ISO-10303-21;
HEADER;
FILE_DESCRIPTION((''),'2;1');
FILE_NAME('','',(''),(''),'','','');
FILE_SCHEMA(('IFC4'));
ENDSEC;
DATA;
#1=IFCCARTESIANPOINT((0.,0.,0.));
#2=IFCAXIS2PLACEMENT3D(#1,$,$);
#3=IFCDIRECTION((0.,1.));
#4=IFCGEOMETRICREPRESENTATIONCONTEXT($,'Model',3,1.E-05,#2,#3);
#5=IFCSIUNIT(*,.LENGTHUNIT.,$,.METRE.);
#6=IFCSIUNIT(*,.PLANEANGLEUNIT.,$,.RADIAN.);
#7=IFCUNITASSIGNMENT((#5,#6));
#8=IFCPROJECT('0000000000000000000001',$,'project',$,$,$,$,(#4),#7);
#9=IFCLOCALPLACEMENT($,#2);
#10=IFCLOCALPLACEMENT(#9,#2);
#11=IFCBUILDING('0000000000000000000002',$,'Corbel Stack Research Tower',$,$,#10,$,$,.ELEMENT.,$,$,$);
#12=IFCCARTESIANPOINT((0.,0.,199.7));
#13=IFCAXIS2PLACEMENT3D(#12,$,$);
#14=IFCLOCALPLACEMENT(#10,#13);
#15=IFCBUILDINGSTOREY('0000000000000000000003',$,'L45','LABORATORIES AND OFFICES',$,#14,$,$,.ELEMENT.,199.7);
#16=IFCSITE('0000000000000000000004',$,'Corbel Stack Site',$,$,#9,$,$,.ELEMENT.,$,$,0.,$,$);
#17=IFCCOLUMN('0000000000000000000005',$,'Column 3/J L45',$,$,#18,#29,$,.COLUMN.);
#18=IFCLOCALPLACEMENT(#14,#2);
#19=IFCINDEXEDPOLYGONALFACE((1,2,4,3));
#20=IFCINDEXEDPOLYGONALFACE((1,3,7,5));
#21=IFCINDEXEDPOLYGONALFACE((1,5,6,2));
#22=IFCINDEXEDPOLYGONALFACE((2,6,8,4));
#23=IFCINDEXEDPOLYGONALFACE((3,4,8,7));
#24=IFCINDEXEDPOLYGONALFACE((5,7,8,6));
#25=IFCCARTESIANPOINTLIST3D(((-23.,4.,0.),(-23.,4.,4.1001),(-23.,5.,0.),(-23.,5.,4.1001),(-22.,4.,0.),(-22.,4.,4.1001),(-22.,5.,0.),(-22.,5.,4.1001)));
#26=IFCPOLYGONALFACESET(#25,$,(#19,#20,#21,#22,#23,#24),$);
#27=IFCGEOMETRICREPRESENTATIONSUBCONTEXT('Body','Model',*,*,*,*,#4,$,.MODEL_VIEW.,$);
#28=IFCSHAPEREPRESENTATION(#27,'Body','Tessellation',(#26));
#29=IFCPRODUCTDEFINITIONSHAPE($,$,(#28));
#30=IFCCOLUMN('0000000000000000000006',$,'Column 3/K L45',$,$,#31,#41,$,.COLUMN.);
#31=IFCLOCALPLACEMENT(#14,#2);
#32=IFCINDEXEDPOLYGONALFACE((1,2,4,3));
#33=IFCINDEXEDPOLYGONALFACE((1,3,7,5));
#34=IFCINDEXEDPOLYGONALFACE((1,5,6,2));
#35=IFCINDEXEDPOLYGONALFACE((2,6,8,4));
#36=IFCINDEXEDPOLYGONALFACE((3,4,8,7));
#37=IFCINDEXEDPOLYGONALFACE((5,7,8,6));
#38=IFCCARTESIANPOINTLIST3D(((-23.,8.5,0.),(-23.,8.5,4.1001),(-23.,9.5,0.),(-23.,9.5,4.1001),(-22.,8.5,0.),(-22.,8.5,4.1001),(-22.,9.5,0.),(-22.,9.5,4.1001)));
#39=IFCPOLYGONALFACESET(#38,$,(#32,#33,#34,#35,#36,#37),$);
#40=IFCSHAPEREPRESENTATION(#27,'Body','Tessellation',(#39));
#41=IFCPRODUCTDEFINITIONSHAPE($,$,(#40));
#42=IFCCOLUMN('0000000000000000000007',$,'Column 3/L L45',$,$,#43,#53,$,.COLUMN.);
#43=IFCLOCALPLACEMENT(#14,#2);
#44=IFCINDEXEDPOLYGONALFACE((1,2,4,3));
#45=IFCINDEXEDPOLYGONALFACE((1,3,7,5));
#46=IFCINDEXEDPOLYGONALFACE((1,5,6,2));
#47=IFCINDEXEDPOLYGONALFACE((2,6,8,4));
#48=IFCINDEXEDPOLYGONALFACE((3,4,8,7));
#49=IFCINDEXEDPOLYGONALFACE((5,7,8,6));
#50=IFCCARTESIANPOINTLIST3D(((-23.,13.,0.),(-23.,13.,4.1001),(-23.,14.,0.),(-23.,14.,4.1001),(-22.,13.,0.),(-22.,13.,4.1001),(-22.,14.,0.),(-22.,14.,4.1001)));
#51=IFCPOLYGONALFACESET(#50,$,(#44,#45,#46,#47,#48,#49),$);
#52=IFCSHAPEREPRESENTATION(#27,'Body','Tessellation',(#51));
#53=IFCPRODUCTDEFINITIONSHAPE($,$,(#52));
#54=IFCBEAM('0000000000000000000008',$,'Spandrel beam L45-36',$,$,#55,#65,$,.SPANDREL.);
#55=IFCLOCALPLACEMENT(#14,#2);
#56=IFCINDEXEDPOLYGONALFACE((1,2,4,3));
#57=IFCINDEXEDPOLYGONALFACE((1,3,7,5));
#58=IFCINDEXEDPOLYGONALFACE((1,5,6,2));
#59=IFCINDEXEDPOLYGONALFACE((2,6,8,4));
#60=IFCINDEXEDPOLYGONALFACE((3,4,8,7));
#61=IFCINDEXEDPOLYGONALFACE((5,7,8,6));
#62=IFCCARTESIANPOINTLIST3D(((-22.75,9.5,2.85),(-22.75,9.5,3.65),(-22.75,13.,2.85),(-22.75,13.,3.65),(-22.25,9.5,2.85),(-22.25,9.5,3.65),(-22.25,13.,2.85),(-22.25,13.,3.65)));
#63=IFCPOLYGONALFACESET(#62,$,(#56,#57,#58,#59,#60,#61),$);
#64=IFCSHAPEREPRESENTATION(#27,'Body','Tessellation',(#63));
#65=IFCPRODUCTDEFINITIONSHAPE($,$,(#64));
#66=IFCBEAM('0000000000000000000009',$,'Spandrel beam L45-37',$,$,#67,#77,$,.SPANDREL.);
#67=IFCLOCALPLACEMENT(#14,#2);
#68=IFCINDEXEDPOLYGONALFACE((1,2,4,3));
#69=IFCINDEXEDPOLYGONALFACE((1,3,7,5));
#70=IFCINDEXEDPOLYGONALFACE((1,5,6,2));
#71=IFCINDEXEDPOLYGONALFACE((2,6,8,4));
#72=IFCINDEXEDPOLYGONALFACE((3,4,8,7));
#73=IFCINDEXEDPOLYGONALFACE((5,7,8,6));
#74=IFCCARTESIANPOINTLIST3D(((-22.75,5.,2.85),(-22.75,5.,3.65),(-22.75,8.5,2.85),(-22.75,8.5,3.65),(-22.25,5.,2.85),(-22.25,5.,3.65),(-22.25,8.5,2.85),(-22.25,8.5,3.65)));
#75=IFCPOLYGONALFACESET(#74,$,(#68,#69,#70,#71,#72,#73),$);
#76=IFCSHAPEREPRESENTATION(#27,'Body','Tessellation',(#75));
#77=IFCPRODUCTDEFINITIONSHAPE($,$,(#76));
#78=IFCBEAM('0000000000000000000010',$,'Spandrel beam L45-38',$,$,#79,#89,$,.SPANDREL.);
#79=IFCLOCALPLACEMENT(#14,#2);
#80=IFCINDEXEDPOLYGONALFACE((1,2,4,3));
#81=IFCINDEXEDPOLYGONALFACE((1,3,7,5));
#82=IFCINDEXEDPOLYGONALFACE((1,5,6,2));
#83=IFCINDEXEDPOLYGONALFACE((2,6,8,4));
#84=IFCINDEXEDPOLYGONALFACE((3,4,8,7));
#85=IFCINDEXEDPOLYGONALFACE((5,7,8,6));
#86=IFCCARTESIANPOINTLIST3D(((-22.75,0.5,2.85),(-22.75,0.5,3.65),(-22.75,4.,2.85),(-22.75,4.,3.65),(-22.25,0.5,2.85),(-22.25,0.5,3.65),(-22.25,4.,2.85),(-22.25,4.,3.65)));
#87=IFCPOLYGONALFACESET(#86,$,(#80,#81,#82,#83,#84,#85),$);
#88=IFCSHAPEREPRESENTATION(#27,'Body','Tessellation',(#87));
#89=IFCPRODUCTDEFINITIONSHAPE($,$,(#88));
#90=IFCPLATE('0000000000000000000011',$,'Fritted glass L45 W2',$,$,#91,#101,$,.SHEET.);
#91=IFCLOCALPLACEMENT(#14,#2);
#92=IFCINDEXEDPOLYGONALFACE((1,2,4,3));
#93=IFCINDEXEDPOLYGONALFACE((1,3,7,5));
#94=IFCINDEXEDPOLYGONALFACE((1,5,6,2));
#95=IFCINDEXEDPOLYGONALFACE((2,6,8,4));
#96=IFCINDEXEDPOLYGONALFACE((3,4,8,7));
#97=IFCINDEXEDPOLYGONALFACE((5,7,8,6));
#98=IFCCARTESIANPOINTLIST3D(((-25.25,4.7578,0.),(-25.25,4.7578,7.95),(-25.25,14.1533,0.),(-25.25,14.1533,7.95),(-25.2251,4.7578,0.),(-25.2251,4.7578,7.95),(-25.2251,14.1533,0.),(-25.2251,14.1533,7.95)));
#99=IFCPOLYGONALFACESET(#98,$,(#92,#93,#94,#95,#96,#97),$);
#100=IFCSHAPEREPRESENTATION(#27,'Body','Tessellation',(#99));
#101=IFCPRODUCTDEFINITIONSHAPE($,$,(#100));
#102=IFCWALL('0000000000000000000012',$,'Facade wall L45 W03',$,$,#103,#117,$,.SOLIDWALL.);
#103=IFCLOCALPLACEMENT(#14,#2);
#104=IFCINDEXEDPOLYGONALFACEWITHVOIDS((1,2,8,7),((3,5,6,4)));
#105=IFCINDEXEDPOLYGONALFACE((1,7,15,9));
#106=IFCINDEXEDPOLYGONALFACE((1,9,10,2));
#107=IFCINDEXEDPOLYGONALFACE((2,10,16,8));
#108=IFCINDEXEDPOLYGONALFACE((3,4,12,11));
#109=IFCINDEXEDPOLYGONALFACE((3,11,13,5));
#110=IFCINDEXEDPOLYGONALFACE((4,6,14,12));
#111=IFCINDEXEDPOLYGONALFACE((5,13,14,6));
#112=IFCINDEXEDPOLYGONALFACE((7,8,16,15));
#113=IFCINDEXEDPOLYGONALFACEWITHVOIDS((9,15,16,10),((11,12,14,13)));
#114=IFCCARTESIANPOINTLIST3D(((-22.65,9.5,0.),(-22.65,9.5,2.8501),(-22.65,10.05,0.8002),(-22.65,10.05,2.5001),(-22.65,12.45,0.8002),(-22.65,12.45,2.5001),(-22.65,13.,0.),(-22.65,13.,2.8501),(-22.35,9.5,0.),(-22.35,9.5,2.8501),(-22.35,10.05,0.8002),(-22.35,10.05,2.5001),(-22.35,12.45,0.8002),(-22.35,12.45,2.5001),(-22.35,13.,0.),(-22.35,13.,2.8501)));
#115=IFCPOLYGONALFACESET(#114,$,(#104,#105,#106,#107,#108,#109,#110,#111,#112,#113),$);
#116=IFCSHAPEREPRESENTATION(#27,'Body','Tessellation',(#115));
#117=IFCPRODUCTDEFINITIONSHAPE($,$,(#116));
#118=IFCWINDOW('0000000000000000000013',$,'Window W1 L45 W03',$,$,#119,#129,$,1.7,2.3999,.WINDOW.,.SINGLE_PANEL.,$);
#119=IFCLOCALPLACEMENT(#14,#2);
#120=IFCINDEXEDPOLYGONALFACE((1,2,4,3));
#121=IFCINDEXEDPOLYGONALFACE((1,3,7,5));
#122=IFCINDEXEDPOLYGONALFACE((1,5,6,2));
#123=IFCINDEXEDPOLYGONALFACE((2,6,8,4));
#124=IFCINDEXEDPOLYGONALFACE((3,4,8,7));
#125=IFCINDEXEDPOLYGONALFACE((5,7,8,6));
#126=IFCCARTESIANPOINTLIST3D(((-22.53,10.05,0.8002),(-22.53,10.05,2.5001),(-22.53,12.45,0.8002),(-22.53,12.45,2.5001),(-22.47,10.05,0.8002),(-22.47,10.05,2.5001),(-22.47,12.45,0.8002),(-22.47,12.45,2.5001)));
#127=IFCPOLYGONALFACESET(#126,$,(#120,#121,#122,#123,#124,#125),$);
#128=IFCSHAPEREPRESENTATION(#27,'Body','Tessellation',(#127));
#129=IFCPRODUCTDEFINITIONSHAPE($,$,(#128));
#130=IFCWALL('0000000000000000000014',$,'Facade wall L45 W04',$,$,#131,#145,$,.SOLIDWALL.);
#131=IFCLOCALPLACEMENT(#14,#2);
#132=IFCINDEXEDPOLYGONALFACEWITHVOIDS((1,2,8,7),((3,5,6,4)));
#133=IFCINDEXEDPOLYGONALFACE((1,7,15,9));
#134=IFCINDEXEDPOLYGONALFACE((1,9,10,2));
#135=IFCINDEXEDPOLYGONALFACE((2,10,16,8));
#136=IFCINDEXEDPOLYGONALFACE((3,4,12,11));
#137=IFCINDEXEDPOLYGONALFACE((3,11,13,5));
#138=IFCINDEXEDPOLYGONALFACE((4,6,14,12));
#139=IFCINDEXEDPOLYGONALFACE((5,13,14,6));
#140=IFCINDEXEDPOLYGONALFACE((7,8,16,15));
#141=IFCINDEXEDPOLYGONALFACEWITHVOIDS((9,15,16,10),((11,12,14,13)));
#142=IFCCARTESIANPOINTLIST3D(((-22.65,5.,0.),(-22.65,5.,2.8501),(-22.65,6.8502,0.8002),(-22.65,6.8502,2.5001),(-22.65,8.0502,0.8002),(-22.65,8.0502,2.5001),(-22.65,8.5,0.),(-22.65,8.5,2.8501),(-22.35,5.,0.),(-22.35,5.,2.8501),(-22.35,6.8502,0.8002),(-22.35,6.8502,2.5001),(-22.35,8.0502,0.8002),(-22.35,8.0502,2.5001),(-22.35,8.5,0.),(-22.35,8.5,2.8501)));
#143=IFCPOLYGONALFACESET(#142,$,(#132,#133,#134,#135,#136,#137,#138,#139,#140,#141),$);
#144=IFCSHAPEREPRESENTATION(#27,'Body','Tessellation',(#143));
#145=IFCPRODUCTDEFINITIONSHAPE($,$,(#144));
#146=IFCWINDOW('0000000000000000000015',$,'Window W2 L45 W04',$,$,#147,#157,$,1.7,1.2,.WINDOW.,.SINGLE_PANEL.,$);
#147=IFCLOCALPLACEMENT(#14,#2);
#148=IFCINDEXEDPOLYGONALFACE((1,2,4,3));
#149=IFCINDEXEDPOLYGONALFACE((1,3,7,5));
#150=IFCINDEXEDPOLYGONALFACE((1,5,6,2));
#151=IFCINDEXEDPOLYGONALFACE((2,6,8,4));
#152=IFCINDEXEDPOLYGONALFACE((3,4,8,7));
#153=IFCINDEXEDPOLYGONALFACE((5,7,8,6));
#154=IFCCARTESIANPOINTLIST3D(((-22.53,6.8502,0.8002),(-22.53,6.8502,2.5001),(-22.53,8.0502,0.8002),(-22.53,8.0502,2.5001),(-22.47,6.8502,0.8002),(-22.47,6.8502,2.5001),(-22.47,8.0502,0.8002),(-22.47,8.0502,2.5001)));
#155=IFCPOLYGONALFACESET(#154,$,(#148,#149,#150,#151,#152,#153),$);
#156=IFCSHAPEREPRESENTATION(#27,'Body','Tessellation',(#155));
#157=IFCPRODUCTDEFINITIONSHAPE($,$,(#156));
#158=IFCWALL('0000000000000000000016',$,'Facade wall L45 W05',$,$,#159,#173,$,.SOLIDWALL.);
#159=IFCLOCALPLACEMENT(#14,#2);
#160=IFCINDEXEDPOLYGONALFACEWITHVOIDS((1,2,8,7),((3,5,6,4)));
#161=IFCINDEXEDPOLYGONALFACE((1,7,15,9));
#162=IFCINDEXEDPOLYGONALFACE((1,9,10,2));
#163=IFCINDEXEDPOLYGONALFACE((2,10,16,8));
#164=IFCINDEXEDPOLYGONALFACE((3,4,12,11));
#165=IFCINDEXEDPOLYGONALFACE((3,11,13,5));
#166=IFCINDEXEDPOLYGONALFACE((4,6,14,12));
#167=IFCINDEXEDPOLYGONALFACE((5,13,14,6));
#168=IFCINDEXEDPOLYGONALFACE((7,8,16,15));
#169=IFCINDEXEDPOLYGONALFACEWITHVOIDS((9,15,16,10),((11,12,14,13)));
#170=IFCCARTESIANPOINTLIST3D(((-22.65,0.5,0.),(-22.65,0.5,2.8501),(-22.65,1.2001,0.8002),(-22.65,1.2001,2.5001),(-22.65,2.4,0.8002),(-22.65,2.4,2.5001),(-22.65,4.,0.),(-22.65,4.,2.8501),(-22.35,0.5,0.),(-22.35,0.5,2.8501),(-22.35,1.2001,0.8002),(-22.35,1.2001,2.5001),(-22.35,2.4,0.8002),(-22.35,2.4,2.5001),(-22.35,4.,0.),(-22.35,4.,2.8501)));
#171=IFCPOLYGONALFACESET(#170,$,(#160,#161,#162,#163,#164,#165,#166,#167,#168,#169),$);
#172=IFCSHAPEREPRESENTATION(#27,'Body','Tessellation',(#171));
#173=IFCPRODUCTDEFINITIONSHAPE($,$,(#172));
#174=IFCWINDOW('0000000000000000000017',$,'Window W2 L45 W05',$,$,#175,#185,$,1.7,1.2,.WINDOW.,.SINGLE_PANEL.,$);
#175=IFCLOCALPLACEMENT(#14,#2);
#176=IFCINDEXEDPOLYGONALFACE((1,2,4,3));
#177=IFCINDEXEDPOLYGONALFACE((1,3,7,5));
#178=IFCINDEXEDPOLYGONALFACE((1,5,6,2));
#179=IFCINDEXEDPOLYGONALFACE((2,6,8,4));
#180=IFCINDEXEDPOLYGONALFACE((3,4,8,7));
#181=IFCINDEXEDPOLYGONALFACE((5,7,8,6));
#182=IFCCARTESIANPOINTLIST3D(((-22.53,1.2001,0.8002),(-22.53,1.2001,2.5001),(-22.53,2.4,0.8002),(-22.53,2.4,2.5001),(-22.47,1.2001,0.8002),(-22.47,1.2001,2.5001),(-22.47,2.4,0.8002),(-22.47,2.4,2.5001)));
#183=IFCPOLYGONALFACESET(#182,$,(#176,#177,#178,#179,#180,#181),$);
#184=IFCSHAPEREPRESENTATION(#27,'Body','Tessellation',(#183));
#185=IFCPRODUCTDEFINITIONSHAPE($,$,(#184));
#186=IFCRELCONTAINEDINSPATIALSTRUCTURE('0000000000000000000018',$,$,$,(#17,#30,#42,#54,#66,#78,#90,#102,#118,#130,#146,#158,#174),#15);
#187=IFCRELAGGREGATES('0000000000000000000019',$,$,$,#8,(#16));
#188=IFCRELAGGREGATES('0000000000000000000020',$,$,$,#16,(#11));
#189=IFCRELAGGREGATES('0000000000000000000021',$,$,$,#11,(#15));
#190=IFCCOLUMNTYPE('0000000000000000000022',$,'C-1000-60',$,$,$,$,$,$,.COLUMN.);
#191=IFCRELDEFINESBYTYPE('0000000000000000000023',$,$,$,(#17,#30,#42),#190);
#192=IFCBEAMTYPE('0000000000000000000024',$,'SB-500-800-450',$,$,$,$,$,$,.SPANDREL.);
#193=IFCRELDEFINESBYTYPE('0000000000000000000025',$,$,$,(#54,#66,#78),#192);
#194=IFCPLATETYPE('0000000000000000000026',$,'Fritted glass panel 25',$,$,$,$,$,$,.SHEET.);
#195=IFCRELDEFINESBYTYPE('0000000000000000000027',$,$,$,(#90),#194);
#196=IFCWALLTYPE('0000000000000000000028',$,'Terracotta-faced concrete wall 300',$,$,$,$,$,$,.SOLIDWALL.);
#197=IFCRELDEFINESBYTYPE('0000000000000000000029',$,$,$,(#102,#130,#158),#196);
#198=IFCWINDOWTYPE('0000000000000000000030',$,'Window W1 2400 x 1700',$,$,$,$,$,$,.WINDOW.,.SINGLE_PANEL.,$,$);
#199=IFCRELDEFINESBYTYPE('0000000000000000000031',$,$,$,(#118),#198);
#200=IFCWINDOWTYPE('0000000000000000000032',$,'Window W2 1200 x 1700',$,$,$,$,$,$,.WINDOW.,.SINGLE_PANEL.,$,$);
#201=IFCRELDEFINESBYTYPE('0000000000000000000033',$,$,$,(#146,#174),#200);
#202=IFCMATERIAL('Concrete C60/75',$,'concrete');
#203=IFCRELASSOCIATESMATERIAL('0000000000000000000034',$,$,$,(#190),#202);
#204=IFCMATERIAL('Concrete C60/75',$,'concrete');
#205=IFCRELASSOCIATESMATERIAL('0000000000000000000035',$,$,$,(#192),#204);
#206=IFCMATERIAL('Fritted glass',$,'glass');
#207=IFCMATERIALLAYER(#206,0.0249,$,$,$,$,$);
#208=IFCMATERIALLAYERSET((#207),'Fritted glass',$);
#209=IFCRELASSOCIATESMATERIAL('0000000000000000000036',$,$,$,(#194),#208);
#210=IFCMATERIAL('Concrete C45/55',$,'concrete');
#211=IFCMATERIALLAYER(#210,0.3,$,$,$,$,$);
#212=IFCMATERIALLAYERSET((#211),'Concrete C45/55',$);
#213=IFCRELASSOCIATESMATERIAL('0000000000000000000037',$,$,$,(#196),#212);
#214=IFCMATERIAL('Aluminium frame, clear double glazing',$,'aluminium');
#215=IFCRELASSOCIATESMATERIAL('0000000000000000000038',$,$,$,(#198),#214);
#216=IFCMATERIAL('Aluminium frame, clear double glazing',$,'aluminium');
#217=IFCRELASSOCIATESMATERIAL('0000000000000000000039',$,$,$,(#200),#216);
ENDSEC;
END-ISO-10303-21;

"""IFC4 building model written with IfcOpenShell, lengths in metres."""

from ifc_helpers import new_model, si_unit, direction, frame, frame_2d, origin, origin_2d, place, context, subcontext, project, spatial, rectangle, extrude, material, layer, layer_set, material_profile, profile_set, type_object, element, fill, save


model = new_model("IFC4")

# Units and contexts
model_context = context("Model", 3, precision=1e-05, world=origin(), true_north=direction((0.0, 1.0)))
body_context = subcontext(model_context, "Body", "Model", "MODEL_VIEW")
ifc_project = project(units=[si_unit("LENGTHUNIT", "METRE"), si_unit("PLANEANGLEUNIT", "RADIAN")], contexts=[model_context])

# Site, building, storey
site_placement = place(None, origin())
site = spatial("IfcSite", under=ifc_project, at=site_placement, Name="Corbel Stack Site", CompositionType="ELEMENT", RefElevation=0.0)
building_placement = place(site_placement, origin())
building = spatial("IfcBuilding", under=site, at=building_placement, Name="Corbel Stack Research Tower", CompositionType="ELEMENT")
storey_placement = place(building_placement, frame((0.0, 0.0, 199.7)))
storey = spatial("IfcBuildingStorey", under=building, at=storey_placement, Name="L45", Description="LABORATORIES AND OFFICES", CompositionType="ELEMENT", Elevation=199.7)

# Columns
ifc_material_1 = material(Name="Concrete C60/75", Category="concrete")
ifc_material_profile_1 = material_profile(ifc_material_1, rectangle(XDim=1.0, YDim=1.0, at=origin_2d()), Name="RC 1000 x 1000")
ifc_profile_set_1 = profile_set([ifc_material_profile_1], Name="Concrete C60/75")
column_type = type_object("IfcColumnType", Name="C-1000-60", PredefinedType="COLUMN", material=ifc_profile_set_1)
for number, where, z_axis, x_axis, name in (
    (1, (-22.5, 4.5, 0.0), (0.0, 0.0, 1.0), (1.0, 0.0, 0.0), "Column 3/J L45"),
    (2, (-22.5, 9.0, 0.0), (0.0, 0.0, 1.0), (1.0, 0.0, 0.0), "Column 3/K L45"),
    (3, (-22.5, 13.5, 0.0), (0.0, 0.0, 1.0), (1.0, 0.0, 0.0), "Column 3/L L45"),
):
    element("IfcColumn", number, at=place(storey_placement, frame(where, z_axis=z_axis, x_axis=x_axis)), inside=storey, type_object=column_type, Name=name, PredefinedType="COLUMN", context=body_context, shape_type="SweptSolid", body=[
        extrude(rectangle(XDim=1.0, YDim=1.0, at=origin_2d()), origin(), (0.0, 0.0, 1.0), 4.1001),
    ])

# Beams
ifc_material_2 = material(Name="Concrete C60/75", Category="concrete")
ifc_material_profile_2 = material_profile(ifc_material_2, rectangle(XDim=0.5, YDim=0.8, at=origin_2d()), Name="RC 500 x 800")
ifc_profile_set_2 = profile_set([ifc_material_profile_2], Name="Concrete C60/75")
beam_type = type_object("IfcBeamType", Name="SB-500-800-450", PredefinedType="SPANDREL", material=ifc_profile_set_2)
for number, where, z_axis, x_axis, name in (
    (4, (-22.5, 13.0, 3.25), (0.0, -1.0, 0.0), (1.0, 0.0, 0.0), "Spandrel beam L45-36"),
    (5, (-22.5, 8.5, 3.25), (0.0, -1.0, 0.0), (1.0, 0.0, 0.0), "Spandrel beam L45-37"),
    (6, (-22.5, 4.0, 3.25), (0.0, -1.0, 0.0), (1.0, 0.0, 0.0), "Spandrel beam L45-38"),
):
    element("IfcBeam", number, at=place(storey_placement, frame(where, z_axis=z_axis, x_axis=x_axis)), inside=storey, type_object=beam_type, Name=name, PredefinedType="SPANDREL", context=body_context, shape_type="SweptSolid", body=[
        extrude(rectangle(XDim=0.5, YDim=0.8, at=origin_2d()), origin(), (0.0, 0.0, 1.0), 3.5),
    ])

# Plate
ifc_material_3 = material(Name="Fritted glass", Category="glass")
ifc_layer_1 = layer(ifc_material_3, 0.0249)
ifc_layer_set_1 = layer_set([ifc_layer_1], Name="Fritted glass")
plate_type = type_object("IfcPlateType", Name="Fritted glass panel 25", PredefinedType="SHEET", material=ifc_layer_set_1)
plate_placement = place(storey_placement, frame((-25.2375, 9.4556, 0.0), z_axis=(0.0, 0.0, 1.0), x_axis=(0.0, -1.0, 0.0)))
element("IfcPlate", 7, at=plate_placement, inside=storey, type_object=plate_type, Name="Fritted glass L45 W2", PredefinedType="SHEET", context=body_context, shape_type="SweptSolid", body=[
    extrude(rectangle(XDim=9.3955, YDim=0.0249, at=origin_2d()), origin(), (0.0, 0.0, 1.0), 7.95),
])

# Walls, openings, windows
ifc_material_4 = material(Name="Concrete C45/55", Category="concrete")
ifc_layer_2 = layer(ifc_material_4, 0.3)
ifc_layer_set_2 = layer_set([ifc_layer_2], Name="Concrete C45/55")
wall_type = type_object("IfcWallType", Name="Terracotta-faced concrete wall 300", PredefinedType="SOLIDWALL", material=ifc_layer_set_2)
wall_1_placement = place(storey_placement, frame((-22.5, 9.5, 0.0), z_axis=(0.0, 0.0, 1.0), x_axis=(0.0, 1.0, 0.0)))
wall_1 = element("IfcWall", 8, at=wall_1_placement, inside=storey, type_object=wall_type, Name="Facade wall L45 W03", PredefinedType="SOLIDWALL", context=body_context, shape_type="SweptSolid", body=[
    extrude(rectangle(XDim=3.5, YDim=0.3, at=frame_2d((1.75, 0.0))), origin(), (0.0, 0.0, 1.0), 2.8501),
])
opening_1_placement = place(wall_1_placement, frame((0.55, 0.0, 0.8)))
opening_1 = element("IfcOpeningElement", 9, at=opening_1_placement, cuts=wall_1, PredefinedType="OPENING", context=body_context, shape_type="SweptSolid", body=[
    extrude(rectangle(XDim=2.3999, YDim=1.7, at=frame_2d((1.2, 0.8501))), frame((0.0, 0.1599, 0.0), z_axis=(0.0, -1.0, 0.0), x_axis=(1.0, 0.0, 0.0)), (0.0, 0.0, 1.0), 0.3201),
])
ifc_material_5 = material(Name="Aluminium frame, clear double glazing", Category="aluminium")
window_type_1 = type_object("IfcWindowType", Name="Window W1 2400 x 1700", PartitioningType="SINGLE_PANEL", PredefinedType="WINDOW", material=ifc_material_5)
window_1_placement = place(opening_1_placement, origin())
window_1 = element("IfcWindow", 10, at=window_1_placement, inside=storey, type_object=window_type_1, Name="Window W1 L45 W03", OverallHeight=1.7, OverallWidth=2.3999, PartitioningType="SINGLE_PANEL", PredefinedType="WINDOW", context=body_context, shape_type="SweptSolid", body=[
    extrude(rectangle(XDim=2.3999, YDim=1.7, at=frame_2d((1.2, 0.8501))), frame((0.0, 0.03, 0.0), z_axis=(0.0, -1.0, 0.0), x_axis=(1.0, 0.0, 0.0)), (0.0, 0.0, 1.0), 0.0601),
])
fill(opening_1, window_1)
wall_2_placement = place(storey_placement, frame((-22.5, 5.0, 0.0), z_axis=(0.0, 0.0, 1.0), x_axis=(0.0, 1.0, 0.0)))
wall_2 = element("IfcWall", 11, at=wall_2_placement, inside=storey, type_object=wall_type, Name="Facade wall L45 W04", PredefinedType="SOLIDWALL", context=body_context, shape_type="SweptSolid", body=[
    extrude(rectangle(XDim=3.5, YDim=0.3, at=frame_2d((1.75, 0.0))), origin(), (0.0, 0.0, 1.0), 2.8501),
])
opening_2_placement = place(wall_2_placement, frame((1.8501, 0.0, 0.8)))
opening_2 = element("IfcOpeningElement", 12, at=opening_2_placement, cuts=wall_2, PredefinedType="OPENING", context=body_context, shape_type="SweptSolid", body=[
    extrude(rectangle(XDim=1.2, YDim=1.7, at=frame_2d((0.6001, 0.8501))), frame((0.0, 0.1599, 0.0), z_axis=(0.0, -1.0, 0.0), x_axis=(1.0, 0.0, 0.0)), (0.0, 0.0, 1.0), 0.3201),
])
ifc_material_6 = material(Name="Aluminium frame, clear double glazing", Category="aluminium")
window_type_2 = type_object("IfcWindowType", Name="Window W2 1200 x 1700", PartitioningType="SINGLE_PANEL", PredefinedType="WINDOW", material=ifc_material_6)
window_2_placement = place(opening_2_placement, origin())
window_2 = element("IfcWindow", 13, at=window_2_placement, inside=storey, type_object=window_type_2, Name="Window W2 L45 W04", OverallHeight=1.7, OverallWidth=1.2, PartitioningType="SINGLE_PANEL", PredefinedType="WINDOW", context=body_context, shape_type="SweptSolid", body=[
    extrude(rectangle(XDim=1.2, YDim=1.7, at=frame_2d((0.6001, 0.8501))), frame((0.0, 0.03, 0.0), z_axis=(0.0, -1.0, 0.0), x_axis=(1.0, 0.0, 0.0)), (0.0, 0.0, 1.0), 0.0601),
])
fill(opening_2, window_2)
wall_3_placement = place(storey_placement, frame((-22.5, 0.5, 0.0), z_axis=(0.0, 0.0, 1.0), x_axis=(0.0, 1.0, 0.0)))
wall_3 = element("IfcWall", 14, at=wall_3_placement, inside=storey, type_object=wall_type, Name="Facade wall L45 W05", PredefinedType="SOLIDWALL", context=body_context, shape_type="SweptSolid", body=[
    extrude(rectangle(XDim=3.5, YDim=0.3, at=frame_2d((1.75, 0.0))), origin(), (0.0, 0.0, 1.0), 2.8501),
])
opening_3_placement = place(wall_3_placement, frame((0.7, 0.0, 0.8)))
opening_3 = element("IfcOpeningElement", 15, at=opening_3_placement, cuts=wall_3, PredefinedType="OPENING", context=body_context, shape_type="SweptSolid", body=[
    extrude(rectangle(XDim=1.2, YDim=1.7, at=frame_2d((0.6001, 0.8501))), frame((0.0, 0.1599, 0.0), z_axis=(0.0, -1.0, 0.0), x_axis=(1.0, 0.0, 0.0)), (0.0, 0.0, 1.0), 0.3201),
])
window_3_placement = place(opening_3_placement, origin())
window_3 = element("IfcWindow", 16, at=window_3_placement, inside=storey, type_object=window_type_2, Name="Window W2 L45 W05", OverallHeight=1.7, OverallWidth=1.2, PartitioningType="SINGLE_PANEL", PredefinedType="WINDOW", context=body_context, shape_type="SweptSolid", body=[
    extrude(rectangle(XDim=1.2, YDim=1.7, at=frame_2d((0.6001, 0.8501))), frame((0.0, 0.03, 0.0), z_axis=(0.0, -1.0, 0.0), x_axis=(1.0, 0.0, 0.0)), (0.0, 0.0, 1.0), 0.0601),
])
fill(opening_3, window_3)

save(model, "model.ifc")
